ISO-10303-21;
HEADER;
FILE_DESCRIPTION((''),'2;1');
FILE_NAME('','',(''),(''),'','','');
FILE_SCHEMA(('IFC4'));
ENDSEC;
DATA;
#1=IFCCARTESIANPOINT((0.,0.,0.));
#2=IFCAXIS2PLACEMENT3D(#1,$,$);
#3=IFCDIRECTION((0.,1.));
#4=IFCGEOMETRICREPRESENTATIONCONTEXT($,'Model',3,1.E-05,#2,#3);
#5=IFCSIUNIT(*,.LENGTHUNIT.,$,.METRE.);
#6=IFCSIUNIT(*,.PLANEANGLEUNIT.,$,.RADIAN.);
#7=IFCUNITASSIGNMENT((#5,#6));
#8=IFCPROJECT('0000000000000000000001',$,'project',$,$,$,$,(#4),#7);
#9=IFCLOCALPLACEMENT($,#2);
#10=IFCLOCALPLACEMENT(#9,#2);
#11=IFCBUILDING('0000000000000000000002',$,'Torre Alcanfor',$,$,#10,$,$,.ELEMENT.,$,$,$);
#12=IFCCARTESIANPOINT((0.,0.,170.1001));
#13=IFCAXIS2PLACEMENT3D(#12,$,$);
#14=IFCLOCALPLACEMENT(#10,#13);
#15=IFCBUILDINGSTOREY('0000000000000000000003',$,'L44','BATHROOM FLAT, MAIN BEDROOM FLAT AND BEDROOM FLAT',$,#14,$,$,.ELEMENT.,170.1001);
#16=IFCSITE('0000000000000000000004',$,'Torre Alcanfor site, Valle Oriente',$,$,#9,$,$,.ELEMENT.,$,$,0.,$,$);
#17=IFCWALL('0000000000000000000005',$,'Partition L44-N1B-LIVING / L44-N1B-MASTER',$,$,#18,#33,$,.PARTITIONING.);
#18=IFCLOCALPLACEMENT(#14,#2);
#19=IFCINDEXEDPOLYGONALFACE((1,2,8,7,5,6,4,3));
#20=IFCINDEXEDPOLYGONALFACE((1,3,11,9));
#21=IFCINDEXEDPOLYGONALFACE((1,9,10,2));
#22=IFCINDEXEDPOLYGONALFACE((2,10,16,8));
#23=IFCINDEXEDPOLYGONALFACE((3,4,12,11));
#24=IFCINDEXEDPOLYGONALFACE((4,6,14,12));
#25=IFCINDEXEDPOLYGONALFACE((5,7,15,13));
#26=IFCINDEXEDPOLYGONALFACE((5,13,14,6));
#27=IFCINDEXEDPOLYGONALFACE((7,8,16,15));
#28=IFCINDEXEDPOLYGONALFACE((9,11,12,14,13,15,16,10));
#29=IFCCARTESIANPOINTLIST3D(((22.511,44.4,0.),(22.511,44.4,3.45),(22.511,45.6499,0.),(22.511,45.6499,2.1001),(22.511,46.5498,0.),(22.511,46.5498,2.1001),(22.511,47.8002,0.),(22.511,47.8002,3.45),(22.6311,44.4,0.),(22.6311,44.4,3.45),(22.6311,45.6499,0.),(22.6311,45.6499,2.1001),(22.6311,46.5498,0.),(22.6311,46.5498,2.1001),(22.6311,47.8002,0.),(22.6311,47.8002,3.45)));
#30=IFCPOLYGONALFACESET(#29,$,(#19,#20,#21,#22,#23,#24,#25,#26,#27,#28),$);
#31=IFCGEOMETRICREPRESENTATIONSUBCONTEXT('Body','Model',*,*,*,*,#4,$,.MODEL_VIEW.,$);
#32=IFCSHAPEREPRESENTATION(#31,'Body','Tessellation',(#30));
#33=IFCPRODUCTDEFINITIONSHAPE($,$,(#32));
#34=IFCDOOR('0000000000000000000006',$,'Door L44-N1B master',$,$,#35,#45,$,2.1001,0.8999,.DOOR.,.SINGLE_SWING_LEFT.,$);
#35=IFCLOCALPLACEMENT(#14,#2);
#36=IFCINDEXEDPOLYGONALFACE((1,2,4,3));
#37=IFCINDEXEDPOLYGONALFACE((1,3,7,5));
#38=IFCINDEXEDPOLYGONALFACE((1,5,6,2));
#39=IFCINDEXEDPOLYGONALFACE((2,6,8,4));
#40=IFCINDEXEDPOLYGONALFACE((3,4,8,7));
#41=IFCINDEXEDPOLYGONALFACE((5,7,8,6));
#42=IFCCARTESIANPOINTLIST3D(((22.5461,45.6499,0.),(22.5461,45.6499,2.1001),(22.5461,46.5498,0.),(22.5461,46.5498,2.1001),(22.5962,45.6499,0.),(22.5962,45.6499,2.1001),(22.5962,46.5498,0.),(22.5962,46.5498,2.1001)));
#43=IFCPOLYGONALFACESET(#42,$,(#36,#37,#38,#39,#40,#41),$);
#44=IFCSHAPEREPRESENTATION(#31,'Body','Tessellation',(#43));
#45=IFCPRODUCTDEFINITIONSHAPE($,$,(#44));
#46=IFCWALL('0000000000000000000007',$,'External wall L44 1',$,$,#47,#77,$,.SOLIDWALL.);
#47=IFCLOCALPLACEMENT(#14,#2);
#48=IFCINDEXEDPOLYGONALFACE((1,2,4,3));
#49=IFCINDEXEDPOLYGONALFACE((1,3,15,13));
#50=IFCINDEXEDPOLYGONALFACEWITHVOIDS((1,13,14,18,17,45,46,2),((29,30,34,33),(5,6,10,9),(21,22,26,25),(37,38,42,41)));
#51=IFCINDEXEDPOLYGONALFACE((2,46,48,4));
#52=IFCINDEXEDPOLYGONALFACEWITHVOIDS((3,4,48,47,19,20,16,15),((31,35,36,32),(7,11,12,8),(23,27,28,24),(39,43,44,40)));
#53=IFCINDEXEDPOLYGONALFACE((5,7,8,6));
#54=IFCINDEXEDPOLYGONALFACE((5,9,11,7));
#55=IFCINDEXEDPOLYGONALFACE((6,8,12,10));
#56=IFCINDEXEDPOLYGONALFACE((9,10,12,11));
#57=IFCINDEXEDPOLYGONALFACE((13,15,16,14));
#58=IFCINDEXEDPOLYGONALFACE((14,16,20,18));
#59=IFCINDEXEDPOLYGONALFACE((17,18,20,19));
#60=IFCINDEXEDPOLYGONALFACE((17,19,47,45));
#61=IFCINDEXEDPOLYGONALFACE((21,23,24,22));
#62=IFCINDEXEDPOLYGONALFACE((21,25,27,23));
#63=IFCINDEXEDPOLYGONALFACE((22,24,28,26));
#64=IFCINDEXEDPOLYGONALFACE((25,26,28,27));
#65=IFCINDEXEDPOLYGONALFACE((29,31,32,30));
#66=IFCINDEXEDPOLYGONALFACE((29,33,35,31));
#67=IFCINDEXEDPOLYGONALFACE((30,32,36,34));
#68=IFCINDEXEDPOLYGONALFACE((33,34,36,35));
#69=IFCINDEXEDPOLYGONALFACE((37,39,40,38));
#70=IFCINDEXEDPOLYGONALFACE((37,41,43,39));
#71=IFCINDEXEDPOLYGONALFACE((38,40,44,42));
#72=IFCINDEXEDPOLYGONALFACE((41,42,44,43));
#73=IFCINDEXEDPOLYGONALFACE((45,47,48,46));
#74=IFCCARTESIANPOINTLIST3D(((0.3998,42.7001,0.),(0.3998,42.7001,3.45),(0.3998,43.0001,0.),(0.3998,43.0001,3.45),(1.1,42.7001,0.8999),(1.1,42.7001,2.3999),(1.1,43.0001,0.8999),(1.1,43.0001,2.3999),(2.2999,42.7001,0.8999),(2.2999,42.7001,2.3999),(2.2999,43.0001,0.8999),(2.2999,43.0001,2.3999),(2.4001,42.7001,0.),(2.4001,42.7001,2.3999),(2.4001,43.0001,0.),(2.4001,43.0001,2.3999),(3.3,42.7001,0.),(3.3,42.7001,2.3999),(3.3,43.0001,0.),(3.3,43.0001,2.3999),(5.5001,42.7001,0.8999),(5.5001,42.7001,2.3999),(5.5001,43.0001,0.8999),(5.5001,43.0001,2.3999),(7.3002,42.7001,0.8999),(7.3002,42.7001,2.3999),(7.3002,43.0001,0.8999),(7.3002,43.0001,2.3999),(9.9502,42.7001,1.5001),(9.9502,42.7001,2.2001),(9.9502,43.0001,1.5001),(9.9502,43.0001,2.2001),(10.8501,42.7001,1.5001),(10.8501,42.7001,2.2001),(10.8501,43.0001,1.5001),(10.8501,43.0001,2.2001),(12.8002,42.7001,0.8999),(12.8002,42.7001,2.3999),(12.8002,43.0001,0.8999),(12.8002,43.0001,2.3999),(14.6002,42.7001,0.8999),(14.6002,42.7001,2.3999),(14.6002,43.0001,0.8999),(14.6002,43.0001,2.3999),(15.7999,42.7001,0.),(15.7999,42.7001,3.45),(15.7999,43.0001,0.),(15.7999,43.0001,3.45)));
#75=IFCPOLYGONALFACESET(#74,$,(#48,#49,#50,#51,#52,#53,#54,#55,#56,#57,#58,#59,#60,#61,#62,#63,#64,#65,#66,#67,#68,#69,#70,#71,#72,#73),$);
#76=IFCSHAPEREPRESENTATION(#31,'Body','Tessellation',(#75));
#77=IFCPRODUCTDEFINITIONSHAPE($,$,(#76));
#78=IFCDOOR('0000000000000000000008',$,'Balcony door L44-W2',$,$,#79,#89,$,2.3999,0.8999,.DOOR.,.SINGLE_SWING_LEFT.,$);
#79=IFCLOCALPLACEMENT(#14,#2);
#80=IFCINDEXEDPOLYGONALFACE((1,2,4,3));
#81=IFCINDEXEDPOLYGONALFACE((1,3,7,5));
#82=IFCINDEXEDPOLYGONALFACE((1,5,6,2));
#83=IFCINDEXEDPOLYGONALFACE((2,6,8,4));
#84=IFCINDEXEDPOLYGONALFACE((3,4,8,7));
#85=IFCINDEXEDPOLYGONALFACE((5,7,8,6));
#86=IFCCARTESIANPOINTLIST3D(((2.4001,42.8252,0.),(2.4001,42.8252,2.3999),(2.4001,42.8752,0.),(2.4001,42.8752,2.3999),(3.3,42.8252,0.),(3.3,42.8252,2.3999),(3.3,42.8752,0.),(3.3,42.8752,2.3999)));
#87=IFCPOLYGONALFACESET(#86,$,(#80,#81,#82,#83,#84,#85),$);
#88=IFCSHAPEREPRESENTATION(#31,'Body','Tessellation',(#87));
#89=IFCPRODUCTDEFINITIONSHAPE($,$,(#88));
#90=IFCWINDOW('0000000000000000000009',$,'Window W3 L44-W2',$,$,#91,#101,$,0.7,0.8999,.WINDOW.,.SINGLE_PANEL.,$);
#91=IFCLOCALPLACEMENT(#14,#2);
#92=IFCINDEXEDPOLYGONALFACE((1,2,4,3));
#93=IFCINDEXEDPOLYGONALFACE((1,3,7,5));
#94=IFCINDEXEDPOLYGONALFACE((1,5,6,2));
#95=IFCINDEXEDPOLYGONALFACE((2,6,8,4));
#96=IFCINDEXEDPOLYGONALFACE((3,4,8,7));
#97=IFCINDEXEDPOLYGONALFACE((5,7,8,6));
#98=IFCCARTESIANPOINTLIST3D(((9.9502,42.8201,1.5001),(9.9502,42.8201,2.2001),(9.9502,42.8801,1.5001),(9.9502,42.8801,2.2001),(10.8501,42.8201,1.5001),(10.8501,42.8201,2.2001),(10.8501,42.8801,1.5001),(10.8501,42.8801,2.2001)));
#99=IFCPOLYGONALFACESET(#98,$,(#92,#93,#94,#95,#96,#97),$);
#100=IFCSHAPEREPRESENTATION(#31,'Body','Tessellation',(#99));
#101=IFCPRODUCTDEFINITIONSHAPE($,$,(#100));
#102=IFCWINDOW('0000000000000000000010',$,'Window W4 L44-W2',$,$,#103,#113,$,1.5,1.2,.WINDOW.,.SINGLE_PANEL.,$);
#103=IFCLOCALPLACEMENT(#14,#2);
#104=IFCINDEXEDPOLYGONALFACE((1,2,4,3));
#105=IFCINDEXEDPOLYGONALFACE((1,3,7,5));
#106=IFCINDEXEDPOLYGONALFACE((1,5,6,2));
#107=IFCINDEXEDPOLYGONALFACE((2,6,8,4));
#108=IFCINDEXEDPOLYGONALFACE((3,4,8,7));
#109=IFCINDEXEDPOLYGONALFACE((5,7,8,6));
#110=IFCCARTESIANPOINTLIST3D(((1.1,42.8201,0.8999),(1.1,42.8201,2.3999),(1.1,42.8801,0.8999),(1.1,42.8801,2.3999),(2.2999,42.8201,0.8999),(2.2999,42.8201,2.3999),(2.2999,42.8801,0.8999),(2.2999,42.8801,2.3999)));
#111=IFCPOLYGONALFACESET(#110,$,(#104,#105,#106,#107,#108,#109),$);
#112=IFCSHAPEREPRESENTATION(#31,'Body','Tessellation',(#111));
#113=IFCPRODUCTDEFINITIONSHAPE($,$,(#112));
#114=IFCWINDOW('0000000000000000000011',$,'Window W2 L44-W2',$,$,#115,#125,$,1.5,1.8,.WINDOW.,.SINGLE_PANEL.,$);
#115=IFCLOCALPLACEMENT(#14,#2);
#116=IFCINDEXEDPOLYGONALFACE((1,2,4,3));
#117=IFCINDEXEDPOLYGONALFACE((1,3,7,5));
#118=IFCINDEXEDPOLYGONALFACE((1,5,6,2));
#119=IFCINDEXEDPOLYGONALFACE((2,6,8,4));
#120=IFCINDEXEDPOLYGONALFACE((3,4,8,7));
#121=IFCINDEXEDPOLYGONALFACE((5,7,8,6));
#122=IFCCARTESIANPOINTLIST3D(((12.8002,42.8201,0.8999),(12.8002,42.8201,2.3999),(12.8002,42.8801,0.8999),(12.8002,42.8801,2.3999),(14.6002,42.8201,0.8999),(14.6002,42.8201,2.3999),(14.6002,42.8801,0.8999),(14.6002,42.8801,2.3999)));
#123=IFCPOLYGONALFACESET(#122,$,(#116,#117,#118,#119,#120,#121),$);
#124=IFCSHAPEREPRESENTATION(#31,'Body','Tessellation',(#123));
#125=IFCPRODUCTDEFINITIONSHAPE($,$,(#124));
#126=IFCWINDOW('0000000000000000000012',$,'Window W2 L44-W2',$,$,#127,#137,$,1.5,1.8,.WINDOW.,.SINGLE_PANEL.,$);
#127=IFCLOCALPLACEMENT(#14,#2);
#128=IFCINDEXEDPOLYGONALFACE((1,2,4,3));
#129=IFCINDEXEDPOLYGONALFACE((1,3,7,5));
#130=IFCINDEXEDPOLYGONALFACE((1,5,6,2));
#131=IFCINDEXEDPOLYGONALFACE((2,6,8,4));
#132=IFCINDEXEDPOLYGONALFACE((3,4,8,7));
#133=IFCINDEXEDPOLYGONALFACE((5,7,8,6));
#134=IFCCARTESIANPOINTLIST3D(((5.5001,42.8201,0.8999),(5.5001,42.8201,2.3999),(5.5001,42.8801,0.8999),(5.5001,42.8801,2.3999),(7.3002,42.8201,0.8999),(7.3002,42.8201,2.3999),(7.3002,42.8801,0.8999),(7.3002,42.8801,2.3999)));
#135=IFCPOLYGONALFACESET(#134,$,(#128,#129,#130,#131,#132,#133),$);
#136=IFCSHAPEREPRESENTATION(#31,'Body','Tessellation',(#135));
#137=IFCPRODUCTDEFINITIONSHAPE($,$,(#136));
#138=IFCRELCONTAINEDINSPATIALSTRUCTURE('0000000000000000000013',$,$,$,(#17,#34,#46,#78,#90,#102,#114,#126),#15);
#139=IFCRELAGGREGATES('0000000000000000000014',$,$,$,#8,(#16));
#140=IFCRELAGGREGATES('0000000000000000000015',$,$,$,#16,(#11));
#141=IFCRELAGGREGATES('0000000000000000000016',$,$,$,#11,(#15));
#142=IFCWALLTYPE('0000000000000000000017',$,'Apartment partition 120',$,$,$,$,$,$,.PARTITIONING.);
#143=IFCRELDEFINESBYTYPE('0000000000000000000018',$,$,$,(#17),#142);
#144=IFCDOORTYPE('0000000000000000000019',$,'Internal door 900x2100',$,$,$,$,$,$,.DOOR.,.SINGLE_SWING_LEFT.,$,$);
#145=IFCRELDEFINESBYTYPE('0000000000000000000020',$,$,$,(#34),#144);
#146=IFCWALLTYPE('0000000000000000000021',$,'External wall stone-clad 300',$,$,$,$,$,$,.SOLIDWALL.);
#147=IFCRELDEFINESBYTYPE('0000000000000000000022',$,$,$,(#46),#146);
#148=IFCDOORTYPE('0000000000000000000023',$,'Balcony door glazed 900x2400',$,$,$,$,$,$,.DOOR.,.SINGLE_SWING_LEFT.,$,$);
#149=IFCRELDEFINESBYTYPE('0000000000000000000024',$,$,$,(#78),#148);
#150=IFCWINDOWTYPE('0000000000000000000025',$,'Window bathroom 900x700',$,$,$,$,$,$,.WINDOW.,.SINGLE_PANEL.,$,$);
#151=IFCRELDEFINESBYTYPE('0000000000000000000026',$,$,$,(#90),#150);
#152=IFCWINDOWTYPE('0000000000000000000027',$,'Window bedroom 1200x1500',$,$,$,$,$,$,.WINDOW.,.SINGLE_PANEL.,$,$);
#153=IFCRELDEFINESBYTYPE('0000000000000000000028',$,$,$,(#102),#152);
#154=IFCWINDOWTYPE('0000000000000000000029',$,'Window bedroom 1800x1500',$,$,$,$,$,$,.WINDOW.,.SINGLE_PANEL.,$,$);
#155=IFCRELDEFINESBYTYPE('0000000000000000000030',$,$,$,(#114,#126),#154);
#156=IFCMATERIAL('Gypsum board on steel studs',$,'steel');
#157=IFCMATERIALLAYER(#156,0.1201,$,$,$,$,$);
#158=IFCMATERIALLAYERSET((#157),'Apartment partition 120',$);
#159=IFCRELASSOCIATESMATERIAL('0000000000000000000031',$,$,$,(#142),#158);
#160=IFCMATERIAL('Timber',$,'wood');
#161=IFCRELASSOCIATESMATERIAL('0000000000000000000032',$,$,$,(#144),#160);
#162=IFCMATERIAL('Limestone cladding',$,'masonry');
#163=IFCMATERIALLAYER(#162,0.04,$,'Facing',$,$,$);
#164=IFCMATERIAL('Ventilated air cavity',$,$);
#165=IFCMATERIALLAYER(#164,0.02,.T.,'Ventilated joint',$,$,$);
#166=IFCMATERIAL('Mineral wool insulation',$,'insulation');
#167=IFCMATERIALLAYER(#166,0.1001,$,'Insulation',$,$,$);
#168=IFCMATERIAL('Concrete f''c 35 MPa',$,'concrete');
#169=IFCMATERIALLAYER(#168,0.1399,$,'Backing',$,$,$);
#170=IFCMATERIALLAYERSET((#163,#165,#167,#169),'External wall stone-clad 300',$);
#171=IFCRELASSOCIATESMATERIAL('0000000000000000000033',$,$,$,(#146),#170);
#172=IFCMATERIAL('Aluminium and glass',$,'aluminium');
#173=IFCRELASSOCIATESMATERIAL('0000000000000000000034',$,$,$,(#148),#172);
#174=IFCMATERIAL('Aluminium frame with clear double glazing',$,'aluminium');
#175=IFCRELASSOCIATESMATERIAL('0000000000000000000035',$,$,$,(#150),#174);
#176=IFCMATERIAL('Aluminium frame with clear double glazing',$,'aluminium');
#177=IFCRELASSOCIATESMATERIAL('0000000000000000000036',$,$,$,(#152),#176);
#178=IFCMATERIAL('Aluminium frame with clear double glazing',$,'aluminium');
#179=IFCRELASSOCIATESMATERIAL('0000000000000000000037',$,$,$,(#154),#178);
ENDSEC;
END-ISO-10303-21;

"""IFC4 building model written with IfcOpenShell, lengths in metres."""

from ifc_helpers import new_model, si_unit, direction, frame, frame_2d, origin, place, context, subcontext, project, spatial, rectangle, extrude, material, layer, layer_set, type_object, element, fill, save


model = new_model("IFC4")

# Units and contexts
model_context = context("Model", 3, precision=1e-05, world=origin(), true_north=direction((0.0, 1.0)))
body_context = subcontext(model_context, "Body", "Model", "MODEL_VIEW")
ifc_project = project(units=[si_unit("LENGTHUNIT", "METRE"), si_unit("PLANEANGLEUNIT", "RADIAN")], contexts=[model_context])

# Site, building, storey
site_placement = place(None, origin())
site = spatial("IfcSite", under=ifc_project, at=site_placement, Name="Torre Alcanfor site, Valle Oriente", CompositionType="ELEMENT", RefElevation=0.0)
building_placement = place(site_placement, origin())
building = spatial("IfcBuilding", under=site, at=building_placement, Name="Torre Alcanfor", CompositionType="ELEMENT")
storey_placement = place(building_placement, frame((0.0, 0.0, 170.1001)))
storey = spatial("IfcBuildingStorey", under=building, at=storey_placement, Name="L44", Description="BATHROOM FLAT, MAIN BEDROOM FLAT AND BEDROOM FLAT", CompositionType="ELEMENT", Elevation=170.1001)

# Wall, opening, door
ifc_material_1 = material(Name="Gypsum board on steel studs", Category="steel")
ifc_layer_1 = layer(ifc_material_1, 0.1201)
ifc_layer_set_1 = layer_set([ifc_layer_1], Name="Apartment partition 120")
wall_type_1 = type_object("IfcWallType", Name="Apartment partition 120", PredefinedType="PARTITIONING", material=ifc_layer_set_1)
wall_1_placement = place(storey_placement, frame((22.571, 44.3999, 0.0), z_axis=(0.0, 0.0, 1.0), x_axis=(0.0, 1.0, 0.0)))
wall_1 = element("IfcWall", 1, at=wall_1_placement, inside=storey, type_object=wall_type_1, Name="Partition L44-N1B-LIVING / L44-N1B-MASTER", PredefinedType="PARTITIONING", context=body_context, shape_type="SweptSolid", body=[
    extrude(rectangle(XDim=3.4001, YDim=0.1201, at=frame_2d((1.7002, 0.0))), origin(), (0.0, 0.0, 1.0), 3.45),
])
opening_1_placement = place(wall_1_placement, frame((1.25, 0.0, 0.0)))
opening_1 = element("IfcOpeningElement", 2, at=opening_1_placement, cuts=wall_1, PredefinedType="OPENING", context=body_context, shape_type="SweptSolid", body=[
    extrude(rectangle(XDim=0.8999, YDim=2.1001, at=frame_2d((0.45, 1.05))), frame((0.0, 0.0701, 0.0), z_axis=(0.0, -1.0, 0.0), x_axis=(1.0, 0.0, 0.0)), (0.0, 0.0, 1.0), 0.1401),
])
ifc_material_2 = material(Name="Timber", Category="wood")
door_type_1 = type_object("IfcDoorType", Name="Internal door 900x2100", OperationType="SINGLE_SWING_LEFT", PredefinedType="DOOR", material=ifc_material_2)
door_1_placement = place(opening_1_placement, origin())
door_1 = element("IfcDoor", 3, at=door_1_placement, inside=storey, type_object=door_type_1, Name="Door L44-N1B master", OperationType="SINGLE_SWING_LEFT", OverallHeight=2.1001, OverallWidth=0.8999, PredefinedType="DOOR", context=body_context, shape_type="SweptSolid", body=[
    extrude(rectangle(XDim=0.8999, YDim=2.1001, at=frame_2d((0.45, 1.05))), frame((0.0, 0.0249, 0.0), z_axis=(0.0, -1.0, 0.0), x_axis=(1.0, 0.0, 0.0)), (0.0, 0.0, 1.0), 0.05),
])
fill(opening_1, door_1)

# Wall, openings, door, windows
ifc_material_3 = material(Name="Limestone cladding", Category="masonry")
ifc_layer_2 = layer(ifc_material_3, 0.04, Name="Facing")
ifc_material_4 = material(Name="Ventilated air cavity")
ifc_layer_3 = layer(ifc_material_4, 0.02, ventilated=True, Name="Ventilated joint")
ifc_material_5 = material(Name="Mineral wool insulation", Category="insulation")
ifc_layer_4 = layer(ifc_material_5, 0.1001, Name="Insulation")
ifc_material_6 = material(Name="Concrete f'c 35 MPa", Category="concrete")
ifc_layer_5 = layer(ifc_material_6, 0.1399, Name="Backing")
ifc_layer_set_2 = layer_set([ifc_layer_2, ifc_layer_3, ifc_layer_4, ifc_layer_5], Name="External wall stone-clad 300")
wall_type_2 = type_object("IfcWallType", Name="External wall stone-clad 300", PredefinedType="SOLIDWALL", material=ifc_layer_set_2)
wall_2_placement = place(storey_placement, frame((15.8, 42.8501, 0.0), z_axis=(0.0, 0.0, 1.0), x_axis=(-1.0, 0.0, 0.0)))
wall_2 = element("IfcWall", 4, at=wall_2_placement, inside=storey, type_object=wall_type_2, Name="External wall L44 1", PredefinedType="SOLIDWALL", context=body_context, shape_type="SweptSolid", body=[
    extrude(rectangle(XDim=15.4001, YDim=0.3, at=frame_2d((7.7002, 0.0))), origin(), (0.0, 0.0, 1.0), 3.45),
])
opening_2_placement = place(wall_2_placement, frame((1.2, 0.0, 0.8999)))
opening_2 = element("IfcOpeningElement", 5, at=opening_2_placement, cuts=wall_2, PredefinedType="OPENING", context=body_context, shape_type="SweptSolid", body=[
    extrude(rectangle(XDim=1.8, YDim=1.5, at=frame_2d((0.8999, 0.75))), frame((0.0, 0.1599, 0.0), z_axis=(0.0, -1.0, 0.0), x_axis=(1.0, 0.0, 0.0)), (0.0, 0.0, 1.0), 0.3201),
])
opening_3_placement = place(wall_2_placement, frame((4.95, 0.0, 1.5)))
opening_3 = element("IfcOpeningElement", 6, at=opening_3_placement, cuts=wall_2, PredefinedType="OPENING", context=body_context, shape_type="SweptSolid", body=[
    extrude(rectangle(XDim=0.8999, YDim=0.7, at=frame_2d((0.45, 0.3501))), frame((0.0, 0.1599, 0.0), z_axis=(0.0, -1.0, 0.0), x_axis=(1.0, 0.0, 0.0)), (0.0, 0.0, 1.0), 0.3201),
])
opening_4_placement = place(wall_2_placement, frame((8.5, 0.0, 0.8999)))
opening_4 = element("IfcOpeningElement", 7, at=opening_4_placement, cuts=wall_2, PredefinedType="OPENING", context=body_context, shape_type="SweptSolid", body=[
    extrude(rectangle(XDim=1.8, YDim=1.5, at=frame_2d((0.8999, 0.75))), frame((0.0, 0.1599, 0.0), z_axis=(0.0, -1.0, 0.0), x_axis=(1.0, 0.0, 0.0)), (0.0, 0.0, 1.0), 0.3201),
])
opening_5_placement = place(wall_2_placement, frame((12.5, 0.0, 0.0)))
opening_5 = element("IfcOpeningElement", 8, at=opening_5_placement, cuts=wall_2, PredefinedType="OPENING", context=body_context, shape_type="SweptSolid", body=[
    extrude(rectangle(XDim=0.8999, YDim=2.3999, at=frame_2d((0.45, 1.2))), frame((0.0, 0.1599, 0.0), z_axis=(0.0, -1.0, 0.0), x_axis=(1.0, 0.0, 0.0)), (0.0, 0.0, 1.0), 0.3201),
])
opening_6_placement = place(wall_2_placement, frame((13.5, 0.0, 0.8999)))
opening_6 = element("IfcOpeningElement", 9, at=opening_6_placement, cuts=wall_2, PredefinedType="OPENING", context=body_context, shape_type="SweptSolid", body=[
    extrude(rectangle(XDim=1.2, YDim=1.5, at=frame_2d((0.6001, 0.75))), frame((0.0, 0.1599, 0.0), z_axis=(0.0, -1.0, 0.0), x_axis=(1.0, 0.0, 0.0)), (0.0, 0.0, 1.0), 0.3201),
])
ifc_material_7 = material(Name="Aluminium and glass", Category="aluminium")
door_type_2 = type_object("IfcDoorType", Name="Balcony door glazed 900x2400", OperationType="SINGLE_SWING_LEFT", PredefinedType="DOOR", material=ifc_material_7)
door_2_placement = place(opening_5_placement, origin())
door_2 = element("IfcDoor", 10, at=door_2_placement, inside=storey, type_object=door_type_2, Name="Balcony door L44-W2", OperationType="SINGLE_SWING_LEFT", OverallHeight=2.3999, OverallWidth=0.8999, PredefinedType="DOOR", context=body_context, shape_type="SweptSolid", body=[
    extrude(rectangle(XDim=0.8999, YDim=2.3999, at=frame_2d((0.45, 1.2))), frame((0.0, 0.0249, 0.0), z_axis=(0.0, -1.0, 0.0), x_axis=(1.0, 0.0, 0.0)), (0.0, 0.0, 1.0), 0.05),
])
fill(opening_5, door_2)
ifc_material_8 = material(Name="Aluminium frame with clear double glazing", Category="aluminium")
window_type_1 = type_object("IfcWindowType", Name="Window bathroom 900x700", PartitioningType="SINGLE_PANEL", PredefinedType="WINDOW", material=ifc_material_8)
window_1_placement = place(opening_3_placement, origin())
window_1 = element("IfcWindow", 11, at=window_1_placement, inside=storey, type_object=window_type_1, Name="Window W3 L44-W2", OverallHeight=0.7, OverallWidth=0.8999, PartitioningType="SINGLE_PANEL", PredefinedType="WINDOW", context=body_context, shape_type="SweptSolid", body=[
    extrude(rectangle(XDim=0.8999, YDim=0.7, at=frame_2d((0.45, 0.3501))), frame((0.0, 0.03, 0.0), z_axis=(0.0, -1.0, 0.0), x_axis=(1.0, 0.0, 0.0)), (0.0, 0.0, 1.0), 0.0601),
])
fill(opening_3, window_1)
ifc_material_9 = material(Name="Aluminium frame with clear double glazing", Category="aluminium")
window_type_2 = type_object("IfcWindowType", Name="Window bedroom 1200x1500", PartitioningType="SINGLE_PANEL", PredefinedType="WINDOW", material=ifc_material_9)
window_2_placement = place(opening_6_placement, origin())
window_2 = element("IfcWindow", 12, at=window_2_placement, inside=storey, type_object=window_type_2, Name="Window W4 L44-W2", OverallHeight=1.5, OverallWidth=1.2, PartitioningType="SINGLE_PANEL", PredefinedType="WINDOW", context=body_context, shape_type="SweptSolid", body=[
    extrude(rectangle(XDim=1.2, YDim=1.5, at=frame_2d((0.6001, 0.75))), frame((0.0, 0.03, 0.0), z_axis=(0.0, -1.0, 0.0), x_axis=(1.0, 0.0, 0.0)), (0.0, 0.0, 1.0), 0.0601),
])
fill(opening_6, window_2)
ifc_material_10 = material(Name="Aluminium frame with clear double glazing", Category="aluminium")
window_type_3 = type_object("IfcWindowType", Name="Window bedroom 1800x1500", PartitioningType="SINGLE_PANEL", PredefinedType="WINDOW", material=ifc_material_10)
window_3_placement = place(opening_2_placement, origin())
window_3 = element("IfcWindow", 13, at=window_3_placement, inside=storey, type_object=window_type_3, Name="Window W2 L44-W2", OverallHeight=1.5, OverallWidth=1.8, PartitioningType="SINGLE_PANEL", PredefinedType="WINDOW", context=body_context, shape_type="SweptSolid", body=[
    extrude(rectangle(XDim=1.8, YDim=1.5, at=frame_2d((0.8999, 0.75))), frame((0.0, 0.03, 0.0), z_axis=(0.0, -1.0, 0.0), x_axis=(1.0, 0.0, 0.0)), (0.0, 0.0, 1.0), 0.0601),
])
fill(opening_2, window_3)
window_4_placement = place(opening_4_placement, origin())
window_4 = element("IfcWindow", 14, at=window_4_placement, inside=storey, type_object=window_type_3, Name="Window W2 L44-W2", OverallHeight=1.5, OverallWidth=1.8, PartitioningType="SINGLE_PANEL", PredefinedType="WINDOW", context=body_context, shape_type="SweptSolid", body=[
    extrude(rectangle(XDim=1.8, YDim=1.5, at=frame_2d((0.8999, 0.75))), frame((0.0, 0.03, 0.0), z_axis=(0.0, -1.0, 0.0), x_axis=(1.0, 0.0, 0.0)), (0.0, 0.0, 1.0), 0.0601),
])
fill(opening_4, window_4)

save(model, "model.ifc")
